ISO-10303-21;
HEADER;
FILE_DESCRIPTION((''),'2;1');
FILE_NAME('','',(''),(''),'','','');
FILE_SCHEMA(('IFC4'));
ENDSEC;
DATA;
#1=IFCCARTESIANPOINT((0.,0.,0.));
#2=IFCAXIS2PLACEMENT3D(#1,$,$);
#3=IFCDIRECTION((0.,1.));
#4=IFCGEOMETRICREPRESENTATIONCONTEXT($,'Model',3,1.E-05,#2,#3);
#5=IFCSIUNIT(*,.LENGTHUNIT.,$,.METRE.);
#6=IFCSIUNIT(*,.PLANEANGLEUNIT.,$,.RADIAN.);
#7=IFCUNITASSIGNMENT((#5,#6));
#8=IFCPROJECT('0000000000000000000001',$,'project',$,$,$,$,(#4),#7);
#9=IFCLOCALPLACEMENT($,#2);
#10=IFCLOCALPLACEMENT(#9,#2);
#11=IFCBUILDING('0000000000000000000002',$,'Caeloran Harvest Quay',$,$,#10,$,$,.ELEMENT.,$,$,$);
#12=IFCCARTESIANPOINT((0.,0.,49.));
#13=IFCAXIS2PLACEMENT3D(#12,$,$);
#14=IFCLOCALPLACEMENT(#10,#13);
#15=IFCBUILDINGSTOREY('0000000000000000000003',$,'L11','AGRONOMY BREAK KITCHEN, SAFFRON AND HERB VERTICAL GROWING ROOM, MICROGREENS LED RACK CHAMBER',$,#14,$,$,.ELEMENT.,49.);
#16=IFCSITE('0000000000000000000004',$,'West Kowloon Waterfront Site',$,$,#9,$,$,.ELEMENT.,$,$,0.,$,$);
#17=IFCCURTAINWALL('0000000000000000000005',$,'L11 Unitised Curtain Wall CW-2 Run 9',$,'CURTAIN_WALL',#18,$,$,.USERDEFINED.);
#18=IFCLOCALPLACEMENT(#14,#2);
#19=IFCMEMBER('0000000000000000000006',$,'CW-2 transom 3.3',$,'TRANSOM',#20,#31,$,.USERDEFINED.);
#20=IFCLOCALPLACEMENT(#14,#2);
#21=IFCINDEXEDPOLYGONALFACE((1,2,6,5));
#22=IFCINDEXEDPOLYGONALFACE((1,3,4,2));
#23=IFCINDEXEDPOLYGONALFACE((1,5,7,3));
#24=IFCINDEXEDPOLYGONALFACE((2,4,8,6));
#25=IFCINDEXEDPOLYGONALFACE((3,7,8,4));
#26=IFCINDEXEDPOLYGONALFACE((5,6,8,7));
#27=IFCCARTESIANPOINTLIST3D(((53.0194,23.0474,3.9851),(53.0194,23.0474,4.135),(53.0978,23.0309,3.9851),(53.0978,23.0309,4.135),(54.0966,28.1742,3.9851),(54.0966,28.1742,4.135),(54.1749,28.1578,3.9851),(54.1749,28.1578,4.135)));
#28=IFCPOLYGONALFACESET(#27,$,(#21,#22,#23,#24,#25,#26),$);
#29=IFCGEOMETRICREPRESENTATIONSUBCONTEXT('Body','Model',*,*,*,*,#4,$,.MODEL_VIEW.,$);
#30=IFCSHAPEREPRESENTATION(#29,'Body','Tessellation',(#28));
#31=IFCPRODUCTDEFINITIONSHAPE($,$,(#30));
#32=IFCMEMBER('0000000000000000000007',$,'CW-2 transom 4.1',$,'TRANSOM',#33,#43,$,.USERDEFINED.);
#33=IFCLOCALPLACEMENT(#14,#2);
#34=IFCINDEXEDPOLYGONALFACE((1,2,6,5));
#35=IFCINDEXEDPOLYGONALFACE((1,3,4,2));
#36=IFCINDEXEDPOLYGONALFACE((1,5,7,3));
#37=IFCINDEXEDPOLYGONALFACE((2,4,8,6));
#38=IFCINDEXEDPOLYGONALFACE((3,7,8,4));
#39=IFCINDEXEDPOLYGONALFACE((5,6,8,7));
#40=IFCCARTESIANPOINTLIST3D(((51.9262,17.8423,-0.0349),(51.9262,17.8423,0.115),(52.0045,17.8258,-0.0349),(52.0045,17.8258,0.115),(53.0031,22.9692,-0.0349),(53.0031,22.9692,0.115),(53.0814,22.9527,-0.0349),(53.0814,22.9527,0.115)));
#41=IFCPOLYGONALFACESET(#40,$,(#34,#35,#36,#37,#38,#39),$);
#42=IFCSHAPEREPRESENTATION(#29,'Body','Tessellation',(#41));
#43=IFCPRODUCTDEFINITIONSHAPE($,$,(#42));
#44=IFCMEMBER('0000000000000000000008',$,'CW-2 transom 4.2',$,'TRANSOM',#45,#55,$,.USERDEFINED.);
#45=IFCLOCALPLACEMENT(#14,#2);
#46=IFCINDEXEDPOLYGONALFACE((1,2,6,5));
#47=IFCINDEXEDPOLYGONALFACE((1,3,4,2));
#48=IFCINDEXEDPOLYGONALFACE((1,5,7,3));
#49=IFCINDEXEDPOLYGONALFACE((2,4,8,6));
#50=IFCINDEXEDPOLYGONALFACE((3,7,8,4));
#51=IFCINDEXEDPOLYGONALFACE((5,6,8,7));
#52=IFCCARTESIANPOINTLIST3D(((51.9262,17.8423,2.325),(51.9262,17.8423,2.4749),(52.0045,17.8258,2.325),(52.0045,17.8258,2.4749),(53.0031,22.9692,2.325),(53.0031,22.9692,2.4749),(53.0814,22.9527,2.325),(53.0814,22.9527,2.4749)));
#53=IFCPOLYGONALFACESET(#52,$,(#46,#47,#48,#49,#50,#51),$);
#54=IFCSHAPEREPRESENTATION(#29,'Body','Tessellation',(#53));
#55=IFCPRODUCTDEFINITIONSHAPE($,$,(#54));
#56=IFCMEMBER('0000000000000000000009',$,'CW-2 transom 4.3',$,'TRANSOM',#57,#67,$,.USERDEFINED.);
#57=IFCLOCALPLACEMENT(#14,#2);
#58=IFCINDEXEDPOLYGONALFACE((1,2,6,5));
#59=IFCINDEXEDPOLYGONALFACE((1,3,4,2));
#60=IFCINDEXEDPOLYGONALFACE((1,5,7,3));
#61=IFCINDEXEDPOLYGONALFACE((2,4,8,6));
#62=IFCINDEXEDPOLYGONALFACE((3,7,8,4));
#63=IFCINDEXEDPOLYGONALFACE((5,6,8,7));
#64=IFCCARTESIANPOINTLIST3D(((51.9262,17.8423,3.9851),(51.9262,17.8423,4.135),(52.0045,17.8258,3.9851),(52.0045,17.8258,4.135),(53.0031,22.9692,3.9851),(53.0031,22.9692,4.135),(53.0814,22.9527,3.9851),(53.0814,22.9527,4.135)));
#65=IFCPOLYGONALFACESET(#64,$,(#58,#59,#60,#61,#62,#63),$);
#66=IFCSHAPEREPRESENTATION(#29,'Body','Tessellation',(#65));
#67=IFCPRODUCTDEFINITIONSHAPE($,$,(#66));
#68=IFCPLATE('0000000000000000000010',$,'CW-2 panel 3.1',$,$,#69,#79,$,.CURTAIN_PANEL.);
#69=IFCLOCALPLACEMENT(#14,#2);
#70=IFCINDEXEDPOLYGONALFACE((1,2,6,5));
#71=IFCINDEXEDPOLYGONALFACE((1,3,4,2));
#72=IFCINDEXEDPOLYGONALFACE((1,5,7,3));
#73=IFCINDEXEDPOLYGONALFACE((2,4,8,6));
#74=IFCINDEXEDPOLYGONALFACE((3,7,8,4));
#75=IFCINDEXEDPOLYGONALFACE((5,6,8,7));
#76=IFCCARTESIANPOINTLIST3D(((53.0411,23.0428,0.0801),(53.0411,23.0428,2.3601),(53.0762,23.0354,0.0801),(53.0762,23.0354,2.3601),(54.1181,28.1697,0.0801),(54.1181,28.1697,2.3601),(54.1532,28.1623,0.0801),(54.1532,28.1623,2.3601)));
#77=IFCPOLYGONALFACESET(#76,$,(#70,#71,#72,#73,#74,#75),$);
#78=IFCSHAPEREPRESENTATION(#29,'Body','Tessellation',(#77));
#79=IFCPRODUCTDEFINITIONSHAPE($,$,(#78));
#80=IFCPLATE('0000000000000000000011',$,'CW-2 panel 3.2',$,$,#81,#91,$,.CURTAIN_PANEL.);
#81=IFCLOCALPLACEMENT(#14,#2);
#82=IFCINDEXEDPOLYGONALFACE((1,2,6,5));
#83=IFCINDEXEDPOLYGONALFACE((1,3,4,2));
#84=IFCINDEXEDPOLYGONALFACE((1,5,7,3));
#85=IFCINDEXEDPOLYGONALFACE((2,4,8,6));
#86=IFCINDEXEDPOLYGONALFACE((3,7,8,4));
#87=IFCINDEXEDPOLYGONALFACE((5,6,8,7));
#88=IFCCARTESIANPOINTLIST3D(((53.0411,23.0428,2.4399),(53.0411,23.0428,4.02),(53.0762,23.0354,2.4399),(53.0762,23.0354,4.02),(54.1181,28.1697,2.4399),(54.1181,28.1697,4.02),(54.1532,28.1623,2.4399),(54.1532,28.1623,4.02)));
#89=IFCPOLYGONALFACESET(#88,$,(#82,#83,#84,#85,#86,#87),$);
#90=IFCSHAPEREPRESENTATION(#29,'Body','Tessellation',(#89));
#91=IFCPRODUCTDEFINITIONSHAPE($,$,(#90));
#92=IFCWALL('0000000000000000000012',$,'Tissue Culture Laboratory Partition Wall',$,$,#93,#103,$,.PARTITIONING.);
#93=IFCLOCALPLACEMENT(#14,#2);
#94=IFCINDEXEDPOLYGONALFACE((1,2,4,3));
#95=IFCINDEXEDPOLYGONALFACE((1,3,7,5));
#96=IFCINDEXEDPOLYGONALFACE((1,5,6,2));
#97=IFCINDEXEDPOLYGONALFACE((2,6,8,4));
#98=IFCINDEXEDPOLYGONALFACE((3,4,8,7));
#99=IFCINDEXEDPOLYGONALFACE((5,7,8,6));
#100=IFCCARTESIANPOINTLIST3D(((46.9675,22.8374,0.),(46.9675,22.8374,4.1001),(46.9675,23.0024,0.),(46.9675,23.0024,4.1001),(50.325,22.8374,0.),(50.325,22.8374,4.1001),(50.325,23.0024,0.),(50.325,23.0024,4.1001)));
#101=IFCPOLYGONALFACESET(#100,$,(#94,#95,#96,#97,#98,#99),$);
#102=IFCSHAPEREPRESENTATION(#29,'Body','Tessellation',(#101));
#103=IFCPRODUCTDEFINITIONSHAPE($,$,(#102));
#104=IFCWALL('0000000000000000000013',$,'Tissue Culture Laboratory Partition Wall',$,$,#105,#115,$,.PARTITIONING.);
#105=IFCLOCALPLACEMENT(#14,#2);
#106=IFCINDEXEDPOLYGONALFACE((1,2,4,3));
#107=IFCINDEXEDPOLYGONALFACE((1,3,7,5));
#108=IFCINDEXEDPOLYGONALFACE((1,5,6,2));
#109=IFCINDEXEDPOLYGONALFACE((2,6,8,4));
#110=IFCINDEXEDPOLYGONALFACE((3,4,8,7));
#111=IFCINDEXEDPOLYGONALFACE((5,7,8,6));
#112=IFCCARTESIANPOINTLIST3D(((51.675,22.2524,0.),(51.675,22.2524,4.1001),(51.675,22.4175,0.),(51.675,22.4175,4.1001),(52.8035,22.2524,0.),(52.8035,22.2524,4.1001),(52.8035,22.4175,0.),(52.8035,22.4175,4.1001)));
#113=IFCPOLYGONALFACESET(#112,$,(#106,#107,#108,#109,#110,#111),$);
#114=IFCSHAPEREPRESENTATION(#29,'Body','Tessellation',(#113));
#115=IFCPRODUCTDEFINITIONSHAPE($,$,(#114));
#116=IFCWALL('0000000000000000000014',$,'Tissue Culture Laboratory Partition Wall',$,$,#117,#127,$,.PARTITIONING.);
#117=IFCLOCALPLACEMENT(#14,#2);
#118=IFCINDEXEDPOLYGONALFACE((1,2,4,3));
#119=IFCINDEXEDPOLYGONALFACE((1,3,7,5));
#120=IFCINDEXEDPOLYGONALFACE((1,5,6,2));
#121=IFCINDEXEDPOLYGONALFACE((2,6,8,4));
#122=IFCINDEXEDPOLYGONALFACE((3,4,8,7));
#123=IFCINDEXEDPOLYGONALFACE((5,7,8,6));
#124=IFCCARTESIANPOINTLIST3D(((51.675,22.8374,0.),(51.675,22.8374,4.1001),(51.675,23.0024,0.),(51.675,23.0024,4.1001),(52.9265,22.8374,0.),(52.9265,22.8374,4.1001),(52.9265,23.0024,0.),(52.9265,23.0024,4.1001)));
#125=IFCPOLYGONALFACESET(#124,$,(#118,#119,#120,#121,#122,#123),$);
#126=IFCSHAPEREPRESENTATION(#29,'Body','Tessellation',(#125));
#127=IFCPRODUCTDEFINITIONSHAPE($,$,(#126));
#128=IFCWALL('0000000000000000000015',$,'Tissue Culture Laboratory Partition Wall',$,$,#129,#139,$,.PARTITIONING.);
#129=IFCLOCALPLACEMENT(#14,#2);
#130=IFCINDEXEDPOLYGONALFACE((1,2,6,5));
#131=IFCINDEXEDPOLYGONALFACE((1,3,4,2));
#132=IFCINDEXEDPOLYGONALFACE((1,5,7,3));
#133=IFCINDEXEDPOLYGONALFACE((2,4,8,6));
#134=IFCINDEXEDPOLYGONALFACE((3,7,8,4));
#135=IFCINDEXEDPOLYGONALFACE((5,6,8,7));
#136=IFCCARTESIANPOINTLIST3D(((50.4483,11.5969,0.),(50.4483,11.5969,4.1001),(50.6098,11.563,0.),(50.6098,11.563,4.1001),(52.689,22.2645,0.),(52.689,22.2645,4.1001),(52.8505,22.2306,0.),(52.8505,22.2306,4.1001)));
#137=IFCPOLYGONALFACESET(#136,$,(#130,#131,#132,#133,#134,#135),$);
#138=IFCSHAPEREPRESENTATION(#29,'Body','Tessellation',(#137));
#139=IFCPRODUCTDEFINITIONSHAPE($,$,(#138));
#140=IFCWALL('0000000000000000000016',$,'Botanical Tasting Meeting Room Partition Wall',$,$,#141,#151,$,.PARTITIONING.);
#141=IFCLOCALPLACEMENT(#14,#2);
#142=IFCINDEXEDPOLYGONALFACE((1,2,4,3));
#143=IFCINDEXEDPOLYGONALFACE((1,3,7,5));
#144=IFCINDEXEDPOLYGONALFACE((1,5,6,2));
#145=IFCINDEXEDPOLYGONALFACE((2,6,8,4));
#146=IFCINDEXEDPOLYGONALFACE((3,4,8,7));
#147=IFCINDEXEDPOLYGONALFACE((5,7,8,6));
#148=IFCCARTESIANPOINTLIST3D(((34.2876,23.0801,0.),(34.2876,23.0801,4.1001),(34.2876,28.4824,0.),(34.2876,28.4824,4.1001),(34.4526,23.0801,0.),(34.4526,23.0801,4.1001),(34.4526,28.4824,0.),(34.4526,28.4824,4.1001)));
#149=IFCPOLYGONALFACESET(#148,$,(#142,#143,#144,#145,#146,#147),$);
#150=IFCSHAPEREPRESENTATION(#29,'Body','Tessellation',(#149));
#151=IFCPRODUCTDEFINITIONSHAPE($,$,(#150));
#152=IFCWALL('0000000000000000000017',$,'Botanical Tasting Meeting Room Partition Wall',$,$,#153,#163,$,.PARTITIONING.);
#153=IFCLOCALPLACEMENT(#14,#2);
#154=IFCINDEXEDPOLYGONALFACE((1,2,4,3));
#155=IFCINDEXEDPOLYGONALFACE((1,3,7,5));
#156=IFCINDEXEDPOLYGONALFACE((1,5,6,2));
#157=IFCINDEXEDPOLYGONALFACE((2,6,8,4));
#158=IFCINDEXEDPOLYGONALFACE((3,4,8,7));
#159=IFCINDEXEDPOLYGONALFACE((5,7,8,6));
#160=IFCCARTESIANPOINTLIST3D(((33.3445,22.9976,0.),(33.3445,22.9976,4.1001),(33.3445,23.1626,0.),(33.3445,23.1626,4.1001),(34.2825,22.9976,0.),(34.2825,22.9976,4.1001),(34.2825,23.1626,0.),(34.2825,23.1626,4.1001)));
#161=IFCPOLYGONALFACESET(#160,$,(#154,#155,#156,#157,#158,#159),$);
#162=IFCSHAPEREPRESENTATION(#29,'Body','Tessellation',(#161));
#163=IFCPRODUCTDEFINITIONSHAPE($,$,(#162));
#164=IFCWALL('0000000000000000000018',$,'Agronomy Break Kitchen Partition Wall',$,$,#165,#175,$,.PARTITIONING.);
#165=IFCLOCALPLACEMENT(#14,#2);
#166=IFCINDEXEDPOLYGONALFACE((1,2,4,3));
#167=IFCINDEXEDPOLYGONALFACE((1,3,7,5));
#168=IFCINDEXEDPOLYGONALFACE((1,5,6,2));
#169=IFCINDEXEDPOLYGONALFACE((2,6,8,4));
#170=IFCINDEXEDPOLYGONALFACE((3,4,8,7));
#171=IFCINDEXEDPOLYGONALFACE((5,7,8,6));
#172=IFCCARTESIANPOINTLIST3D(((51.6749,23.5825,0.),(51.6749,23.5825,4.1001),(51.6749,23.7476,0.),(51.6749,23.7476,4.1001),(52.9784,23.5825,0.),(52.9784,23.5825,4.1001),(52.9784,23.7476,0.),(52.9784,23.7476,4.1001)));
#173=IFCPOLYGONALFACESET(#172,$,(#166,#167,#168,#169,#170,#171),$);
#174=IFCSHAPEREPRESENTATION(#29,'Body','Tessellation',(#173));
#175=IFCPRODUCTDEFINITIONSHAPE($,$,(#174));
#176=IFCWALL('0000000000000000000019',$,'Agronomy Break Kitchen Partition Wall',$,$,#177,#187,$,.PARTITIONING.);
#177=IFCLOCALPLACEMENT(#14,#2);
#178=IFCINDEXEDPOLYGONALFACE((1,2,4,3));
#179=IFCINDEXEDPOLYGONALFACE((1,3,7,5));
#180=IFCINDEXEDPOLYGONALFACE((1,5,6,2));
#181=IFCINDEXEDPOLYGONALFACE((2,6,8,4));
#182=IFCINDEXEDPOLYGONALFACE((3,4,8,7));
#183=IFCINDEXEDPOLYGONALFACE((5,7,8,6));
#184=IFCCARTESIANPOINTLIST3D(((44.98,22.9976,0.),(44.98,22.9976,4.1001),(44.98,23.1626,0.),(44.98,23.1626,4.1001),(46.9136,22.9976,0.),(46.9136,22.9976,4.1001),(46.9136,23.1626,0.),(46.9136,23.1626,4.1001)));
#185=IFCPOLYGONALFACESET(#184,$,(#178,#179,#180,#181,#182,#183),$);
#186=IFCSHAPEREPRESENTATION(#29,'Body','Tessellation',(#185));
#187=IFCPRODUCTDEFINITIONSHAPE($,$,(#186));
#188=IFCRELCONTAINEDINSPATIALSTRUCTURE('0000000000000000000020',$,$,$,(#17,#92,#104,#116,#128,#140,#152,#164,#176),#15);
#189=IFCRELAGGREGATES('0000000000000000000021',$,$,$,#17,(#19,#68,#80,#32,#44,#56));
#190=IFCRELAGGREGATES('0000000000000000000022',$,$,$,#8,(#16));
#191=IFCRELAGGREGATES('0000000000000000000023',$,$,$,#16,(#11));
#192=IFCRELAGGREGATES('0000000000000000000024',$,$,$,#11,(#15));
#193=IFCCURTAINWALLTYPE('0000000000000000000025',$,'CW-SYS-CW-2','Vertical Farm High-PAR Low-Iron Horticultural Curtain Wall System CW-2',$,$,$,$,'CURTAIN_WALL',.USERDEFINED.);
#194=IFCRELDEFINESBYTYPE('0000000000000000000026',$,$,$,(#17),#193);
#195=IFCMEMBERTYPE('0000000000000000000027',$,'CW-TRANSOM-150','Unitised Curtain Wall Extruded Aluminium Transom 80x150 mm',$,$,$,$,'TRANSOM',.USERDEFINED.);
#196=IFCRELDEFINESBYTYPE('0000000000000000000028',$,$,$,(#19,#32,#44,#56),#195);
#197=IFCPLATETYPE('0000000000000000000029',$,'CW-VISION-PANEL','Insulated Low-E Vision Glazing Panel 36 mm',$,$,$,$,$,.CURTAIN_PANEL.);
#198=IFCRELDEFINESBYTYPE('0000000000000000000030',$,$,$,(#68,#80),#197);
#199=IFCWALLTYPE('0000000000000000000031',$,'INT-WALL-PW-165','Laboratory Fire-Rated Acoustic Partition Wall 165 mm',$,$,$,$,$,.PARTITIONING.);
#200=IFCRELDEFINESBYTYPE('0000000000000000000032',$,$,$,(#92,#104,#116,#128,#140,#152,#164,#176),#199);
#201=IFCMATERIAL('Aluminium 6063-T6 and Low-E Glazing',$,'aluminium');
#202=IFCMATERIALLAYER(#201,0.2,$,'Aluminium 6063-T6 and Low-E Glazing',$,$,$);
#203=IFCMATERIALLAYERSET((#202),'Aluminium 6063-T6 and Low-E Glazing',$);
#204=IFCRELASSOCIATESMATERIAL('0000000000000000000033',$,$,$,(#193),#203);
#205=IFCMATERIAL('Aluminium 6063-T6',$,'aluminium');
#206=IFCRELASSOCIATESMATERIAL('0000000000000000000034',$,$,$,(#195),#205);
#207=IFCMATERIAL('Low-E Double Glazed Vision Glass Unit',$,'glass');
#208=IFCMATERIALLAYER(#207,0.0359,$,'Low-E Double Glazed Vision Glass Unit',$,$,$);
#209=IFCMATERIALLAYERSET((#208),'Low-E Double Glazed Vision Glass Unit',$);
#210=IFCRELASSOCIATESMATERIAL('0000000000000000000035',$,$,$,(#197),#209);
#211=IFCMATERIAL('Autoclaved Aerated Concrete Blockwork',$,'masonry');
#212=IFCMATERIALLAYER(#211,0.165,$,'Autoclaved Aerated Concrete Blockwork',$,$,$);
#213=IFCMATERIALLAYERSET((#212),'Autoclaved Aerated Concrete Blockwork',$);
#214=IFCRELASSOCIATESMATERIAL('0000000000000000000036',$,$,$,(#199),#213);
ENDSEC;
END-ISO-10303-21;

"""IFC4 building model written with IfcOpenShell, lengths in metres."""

from ifc_helpers import new_model, si_unit, direction, frame, frame_2d, origin, origin_2d, place, context, subcontext, project, spatial, rectangle, extrude, material, layer, layer_set, material_profile, profile_set, type_object, element, aggregate, save


model = new_model("IFC4")

# Units and contexts
model_context = context("Model", 3, precision=1e-05, world=origin(), true_north=direction((0.0, 1.0)))
body_context = subcontext(model_context, "Body", "Model", "MODEL_VIEW")
ifc_project = project(units=[si_unit("LENGTHUNIT", "METRE"), si_unit("PLANEANGLEUNIT", "RADIAN")], contexts=[model_context])

# Site, building, storey
site_placement = place(None, origin())
site = spatial("IfcSite", under=ifc_project, at=site_placement, Name="West Kowloon Waterfront Site", CompositionType="ELEMENT", RefElevation=0.0)
building_placement = place(site_placement, origin())
building = spatial("IfcBuilding", under=site, at=building_placement, Name="Caeloran Harvest Quay", CompositionType="ELEMENT")
storey_placement = place(building_placement, frame((0.0, 0.0, 49.0)))
storey = spatial("IfcBuildingStorey", under=building, at=storey_placement, Name="L11", Description="AGRONOMY BREAK KITCHEN, SAFFRON AND HERB VERTICAL GROWING ROOM, MICROGREENS LED RACK CHAMBER", CompositionType="ELEMENT", Elevation=49.0)

# Curtain wall, members, plates
ifc_material_1 = material(Name="Aluminium 6063-T6 and Low-E Glazing", Category="aluminium")
ifc_layer_1 = layer(ifc_material_1, 0.2, Name="Aluminium 6063-T6 and Low-E Glazing")
ifc_layer_set_1 = layer_set([ifc_layer_1], Name="Aluminium 6063-T6 and Low-E Glazing")
curtain_wall_type = type_object("IfcCurtainWallType", Name="CW-SYS-CW-2", Description="Vertical Farm High-PAR Low-Iron Horticultural Curtain Wall System CW-2", ElementType="CURTAIN_WALL", PredefinedType="USERDEFINED", material=ifc_layer_set_1)
curtain_wall_placement = place(storey_placement, origin())
curtain_wall = element("IfcCurtainWall", 1, at=curtain_wall_placement, inside=storey, type_object=curtain_wall_type, Name="L11 Unitised Curtain Wall CW-2 Run 9", ObjectType="CURTAIN_WALL", PredefinedType="USERDEFINED")
ifc_material_2 = material(Name="Aluminium 6063-T6", Category="aluminium")
ifc_material_profile_1 = material_profile(ifc_material_2, rectangle(XDim=0.0801, YDim=0.1499, at=origin_2d()), Name="CW-TRANSOM-150")
ifc_profile_set_1 = profile_set([ifc_material_profile_1], Name="Aluminium 6063-T6")
member_type_1 = type_object("IfcMemberType", Name="CW-TRANSOM-150", Description="Unitised Curtain Wall Extruded Aluminium Transom 80x150 mm", ElementType="TRANSOM", PredefinedType="USERDEFINED", material=ifc_profile_set_1)
member_1_placement = place(storey_placement, frame((54.1357, 28.166, 4.0601), z_axis=(-0.205607, -0.978635, 0.0), x_axis=(0.978635, -0.205607, 0.0)))
member_1 = element("IfcMember", 2, at=member_1_placement, type_object=member_type_1, Name="CW-2 transom 3.3", ObjectType="TRANSOM", PredefinedType="USERDEFINED", context=body_context, shape_type="SweptSolid", body=[
    extrude(rectangle(XDim=0.0801, YDim=0.1499, at=origin_2d()), origin(), (0.0, 0.0, 1.0), 5.2388),
])
member_2_placement = place(storey_placement, frame((53.0422, 22.9609, 0.04), z_axis=(-0.205562, -0.978644, 0.0), x_axis=(0.978644, -0.205562, 0.0)))
member_2 = element("IfcMember", 3, at=member_2_placement, type_object=member_type_1, Name="CW-2 transom 4.1", ObjectType="TRANSOM", PredefinedType="USERDEFINED", context=body_context, shape_type="SweptSolid", body=[
    extrude(rectangle(XDim=0.0801, YDim=0.1499, at=origin_2d()), origin(), (0.0, 0.0, 1.0), 5.2388),
])
member_3_placement = place(storey_placement, frame((53.0422, 22.9609, 2.3999), z_axis=(-0.205562, -0.978644, 0.0), x_axis=(0.978644, -0.205562, 0.0)))
member_3 = element("IfcMember", 4, at=member_3_placement, type_object=member_type_1, Name="CW-2 transom 4.2", ObjectType="TRANSOM", PredefinedType="USERDEFINED", context=body_context, shape_type="SweptSolid", body=[
    extrude(rectangle(XDim=0.0801, YDim=0.1499, at=origin_2d()), origin(), (0.0, 0.0, 1.0), 5.2388),
])
member_4_placement = place(storey_placement, frame((53.0422, 22.9609, 4.0601), z_axis=(-0.205562, -0.978644, 0.0), x_axis=(0.978644, -0.205562, 0.0)))
member_4 = element("IfcMember", 5, at=member_4_placement, type_object=member_type_1, Name="CW-2 transom 4.3", ObjectType="TRANSOM", PredefinedType="USERDEFINED", context=body_context, shape_type="SweptSolid", body=[
    extrude(rectangle(XDim=0.0801, YDim=0.1499, at=origin_2d()), origin(), (0.0, 0.0, 1.0), 5.2388),
])
ifc_material_3 = material(Name="Low-E Double Glazed Vision Glass Unit", Category="glass")
ifc_layer_2 = layer(ifc_material_3, 0.0359, Name="Low-E Double Glazed Vision Glass Unit")
ifc_layer_set_2 = layer_set([ifc_layer_2], Name="Low-E Double Glazed Vision Glass Unit")
plate_type = type_object("IfcPlateType", Name="CW-VISION-PANEL", Description="Insulated Low-E Vision Glazing Panel 36 mm", PredefinedType="CURTAIN_PANEL", material=ifc_layer_set_2)
plate_1_placement = place(storey_placement, frame((53.5972, 25.6025, 0.0801), z_axis=(0.0, 0.0, 1.0), x_axis=(-0.205583, -0.97864, 0.0)))
plate_1 = element("IfcPlate", 6, at=plate_1_placement, type_object=plate_type, Name="CW-2 panel 3.1", PredefinedType="CURTAIN_PANEL", context=body_context, shape_type="SweptSolid", body=[
    extrude(rectangle(XDim=5.2388, YDim=0.0359, at=origin_2d()), origin(), (0.0, 0.0, 1.0), 2.28),
])
plate_2_placement = place(storey_placement, frame((53.5972, 25.6025, 2.4399), z_axis=(0.0, 0.0, 1.0), x_axis=(-0.205583, -0.97864, 0.0)))
plate_2 = element("IfcPlate", 7, at=plate_2_placement, type_object=plate_type, Name="CW-2 panel 3.2", PredefinedType="CURTAIN_PANEL", context=body_context, shape_type="SweptSolid", body=[
    extrude(rectangle(XDim=5.2388, YDim=0.0359, at=origin_2d()), origin(), (0.0, 0.0, 1.0), 1.5801),
])
aggregate(curtain_wall, [member_1, plate_1, plate_2, member_2, member_3, member_4])

# Walls
ifc_material_4 = material(Name="Autoclaved Aerated Concrete Blockwork", Category="masonry")
ifc_layer_3 = layer(ifc_material_4, 0.165, Name="Autoclaved Aerated Concrete Blockwork")
ifc_layer_set_3 = layer_set([ifc_layer_3], Name="Autoclaved Aerated Concrete Blockwork")
wall_type = type_object("IfcWallType", Name="INT-WALL-PW-165", Description="Laboratory Fire-Rated Acoustic Partition Wall 165 mm", PredefinedType="PARTITIONING", material=ifc_layer_set_3)
wall_1_placement = place(storey_placement, frame((46.9675, 22.9199, 0.0), z_axis=(0.0, 0.0, 1.0), x_axis=(1.0, 0.0, 0.0)))
element("IfcWall", 8, at=wall_1_placement, inside=storey, type_object=wall_type, Name="Tissue Culture Laboratory Partition Wall", PredefinedType="PARTITIONING", context=body_context, shape_type="SweptSolid", body=[
    extrude(rectangle(XDim=3.3574, YDim=0.165, at=frame_2d((1.6787, 0.0))), origin(), (0.0, 0.0, 1.0), 4.1001),
])
wall_2_placement = place(storey_placement, frame((51.675, 22.335, 0.0), z_axis=(0.0, 0.0, 1.0), x_axis=(1.0, 0.0, 0.0)))
element("IfcWall", 9, at=wall_2_placement, inside=storey, type_object=wall_type, Name="Tissue Culture Laboratory Partition Wall", PredefinedType="PARTITIONING", context=body_context, shape_type="SweptSolid", body=[
    extrude(rectangle(XDim=1.1284, YDim=0.165, at=frame_2d((0.5642, 0.0))), origin(), (0.0, 0.0, 1.0), 4.1001),
])
wall_3_placement = place(storey_placement, frame((51.675, 22.9199, 0.0), z_axis=(0.0, 0.0, 1.0), x_axis=(1.0, 0.0, 0.0)))
element("IfcWall", 10, at=wall_3_placement, inside=storey, type_object=wall_type, Name="Tissue Culture Laboratory Partition Wall", PredefinedType="PARTITIONING", context=body_context, shape_type="SweptSolid", body=[
    extrude(rectangle(XDim=1.2515, YDim=0.165, at=frame_2d((0.6257, 0.0))), origin(), (0.0, 0.0, 1.0), 4.1001),
])
wall_4_placement = place(storey_placement, frame((52.7698, 22.2476, 0.0), z_axis=(0.0, 0.0, 1.0), x_axis=(-0.205566, -0.978643, 0.0)))
element("IfcWall", 11, at=wall_4_placement, inside=storey, type_object=wall_type, Name="Tissue Culture Laboratory Partition Wall", PredefinedType="PARTITIONING", context=body_context, shape_type="SweptSolid", body=[
    extrude(rectangle(XDim=10.9004, YDim=0.165, at=frame_2d((5.4502, 0.0))), origin(), (0.0, 0.0, 1.0), 4.1001),
])
wall_5_placement = place(storey_placement, frame((34.3701, 28.4824, 0.0), z_axis=(0.0, 0.0, 1.0), x_axis=(0.0, -1.0, 0.0)))
element("IfcWall", 12, at=wall_5_placement, inside=storey, type_object=wall_type, Name="Botanical Tasting Meeting Room Partition Wall", PredefinedType="PARTITIONING", context=body_context, shape_type="SweptSolid", body=[
    extrude(rectangle(XDim=5.4023, YDim=0.165, at=frame_2d((2.7012, 0.0))), origin(), (0.0, 0.0, 1.0), 4.1001),
])
wall_6_placement = place(storey_placement, frame((34.2825, 23.0801, 0.0), z_axis=(0.0, 0.0, 1.0), x_axis=(-1.0, 0.0, 0.0)))
element("IfcWall", 13, at=wall_6_placement, inside=storey, type_object=wall_type, Name="Botanical Tasting Meeting Room Partition Wall", PredefinedType="PARTITIONING", context=body_context, shape_type="SweptSolid", body=[
    extrude(rectangle(XDim=0.938, YDim=0.165, at=frame_2d((0.469, 0.0))), origin(), (0.0, 0.0, 1.0), 4.1001),
])
wall_7_placement = place(storey_placement, frame((52.9785, 23.665, 0.0), z_axis=(0.0, 0.0, 1.0), x_axis=(-1.0, 0.0, 0.0)))
element("IfcWall", 14, at=wall_7_placement, inside=storey, type_object=wall_type, Name="Agronomy Break Kitchen Partition Wall", PredefinedType="PARTITIONING", context=body_context, shape_type="SweptSolid", body=[
    extrude(rectangle(XDim=1.3035, YDim=0.165, at=frame_2d((0.6519, 0.0))), origin(), (0.0, 0.0, 1.0), 4.1001),
])
wall_8_placement = place(storey_placement, frame((46.9136, 23.0801, 0.0), z_axis=(0.0, 0.0, 1.0), x_axis=(-1.0, 0.0, 0.0)))
element("IfcWall", 15, at=wall_8_placement, inside=storey, type_object=wall_type, Name="Agronomy Break Kitchen Partition Wall", PredefinedType="PARTITIONING", context=body_context, shape_type="SweptSolid", body=[
    extrude(rectangle(XDim=1.9336, YDim=0.165, at=frame_2d((0.9668, 0.0))), origin(), (0.0, 0.0, 1.0), 4.1001),
])

save(model, "model.ifc")
